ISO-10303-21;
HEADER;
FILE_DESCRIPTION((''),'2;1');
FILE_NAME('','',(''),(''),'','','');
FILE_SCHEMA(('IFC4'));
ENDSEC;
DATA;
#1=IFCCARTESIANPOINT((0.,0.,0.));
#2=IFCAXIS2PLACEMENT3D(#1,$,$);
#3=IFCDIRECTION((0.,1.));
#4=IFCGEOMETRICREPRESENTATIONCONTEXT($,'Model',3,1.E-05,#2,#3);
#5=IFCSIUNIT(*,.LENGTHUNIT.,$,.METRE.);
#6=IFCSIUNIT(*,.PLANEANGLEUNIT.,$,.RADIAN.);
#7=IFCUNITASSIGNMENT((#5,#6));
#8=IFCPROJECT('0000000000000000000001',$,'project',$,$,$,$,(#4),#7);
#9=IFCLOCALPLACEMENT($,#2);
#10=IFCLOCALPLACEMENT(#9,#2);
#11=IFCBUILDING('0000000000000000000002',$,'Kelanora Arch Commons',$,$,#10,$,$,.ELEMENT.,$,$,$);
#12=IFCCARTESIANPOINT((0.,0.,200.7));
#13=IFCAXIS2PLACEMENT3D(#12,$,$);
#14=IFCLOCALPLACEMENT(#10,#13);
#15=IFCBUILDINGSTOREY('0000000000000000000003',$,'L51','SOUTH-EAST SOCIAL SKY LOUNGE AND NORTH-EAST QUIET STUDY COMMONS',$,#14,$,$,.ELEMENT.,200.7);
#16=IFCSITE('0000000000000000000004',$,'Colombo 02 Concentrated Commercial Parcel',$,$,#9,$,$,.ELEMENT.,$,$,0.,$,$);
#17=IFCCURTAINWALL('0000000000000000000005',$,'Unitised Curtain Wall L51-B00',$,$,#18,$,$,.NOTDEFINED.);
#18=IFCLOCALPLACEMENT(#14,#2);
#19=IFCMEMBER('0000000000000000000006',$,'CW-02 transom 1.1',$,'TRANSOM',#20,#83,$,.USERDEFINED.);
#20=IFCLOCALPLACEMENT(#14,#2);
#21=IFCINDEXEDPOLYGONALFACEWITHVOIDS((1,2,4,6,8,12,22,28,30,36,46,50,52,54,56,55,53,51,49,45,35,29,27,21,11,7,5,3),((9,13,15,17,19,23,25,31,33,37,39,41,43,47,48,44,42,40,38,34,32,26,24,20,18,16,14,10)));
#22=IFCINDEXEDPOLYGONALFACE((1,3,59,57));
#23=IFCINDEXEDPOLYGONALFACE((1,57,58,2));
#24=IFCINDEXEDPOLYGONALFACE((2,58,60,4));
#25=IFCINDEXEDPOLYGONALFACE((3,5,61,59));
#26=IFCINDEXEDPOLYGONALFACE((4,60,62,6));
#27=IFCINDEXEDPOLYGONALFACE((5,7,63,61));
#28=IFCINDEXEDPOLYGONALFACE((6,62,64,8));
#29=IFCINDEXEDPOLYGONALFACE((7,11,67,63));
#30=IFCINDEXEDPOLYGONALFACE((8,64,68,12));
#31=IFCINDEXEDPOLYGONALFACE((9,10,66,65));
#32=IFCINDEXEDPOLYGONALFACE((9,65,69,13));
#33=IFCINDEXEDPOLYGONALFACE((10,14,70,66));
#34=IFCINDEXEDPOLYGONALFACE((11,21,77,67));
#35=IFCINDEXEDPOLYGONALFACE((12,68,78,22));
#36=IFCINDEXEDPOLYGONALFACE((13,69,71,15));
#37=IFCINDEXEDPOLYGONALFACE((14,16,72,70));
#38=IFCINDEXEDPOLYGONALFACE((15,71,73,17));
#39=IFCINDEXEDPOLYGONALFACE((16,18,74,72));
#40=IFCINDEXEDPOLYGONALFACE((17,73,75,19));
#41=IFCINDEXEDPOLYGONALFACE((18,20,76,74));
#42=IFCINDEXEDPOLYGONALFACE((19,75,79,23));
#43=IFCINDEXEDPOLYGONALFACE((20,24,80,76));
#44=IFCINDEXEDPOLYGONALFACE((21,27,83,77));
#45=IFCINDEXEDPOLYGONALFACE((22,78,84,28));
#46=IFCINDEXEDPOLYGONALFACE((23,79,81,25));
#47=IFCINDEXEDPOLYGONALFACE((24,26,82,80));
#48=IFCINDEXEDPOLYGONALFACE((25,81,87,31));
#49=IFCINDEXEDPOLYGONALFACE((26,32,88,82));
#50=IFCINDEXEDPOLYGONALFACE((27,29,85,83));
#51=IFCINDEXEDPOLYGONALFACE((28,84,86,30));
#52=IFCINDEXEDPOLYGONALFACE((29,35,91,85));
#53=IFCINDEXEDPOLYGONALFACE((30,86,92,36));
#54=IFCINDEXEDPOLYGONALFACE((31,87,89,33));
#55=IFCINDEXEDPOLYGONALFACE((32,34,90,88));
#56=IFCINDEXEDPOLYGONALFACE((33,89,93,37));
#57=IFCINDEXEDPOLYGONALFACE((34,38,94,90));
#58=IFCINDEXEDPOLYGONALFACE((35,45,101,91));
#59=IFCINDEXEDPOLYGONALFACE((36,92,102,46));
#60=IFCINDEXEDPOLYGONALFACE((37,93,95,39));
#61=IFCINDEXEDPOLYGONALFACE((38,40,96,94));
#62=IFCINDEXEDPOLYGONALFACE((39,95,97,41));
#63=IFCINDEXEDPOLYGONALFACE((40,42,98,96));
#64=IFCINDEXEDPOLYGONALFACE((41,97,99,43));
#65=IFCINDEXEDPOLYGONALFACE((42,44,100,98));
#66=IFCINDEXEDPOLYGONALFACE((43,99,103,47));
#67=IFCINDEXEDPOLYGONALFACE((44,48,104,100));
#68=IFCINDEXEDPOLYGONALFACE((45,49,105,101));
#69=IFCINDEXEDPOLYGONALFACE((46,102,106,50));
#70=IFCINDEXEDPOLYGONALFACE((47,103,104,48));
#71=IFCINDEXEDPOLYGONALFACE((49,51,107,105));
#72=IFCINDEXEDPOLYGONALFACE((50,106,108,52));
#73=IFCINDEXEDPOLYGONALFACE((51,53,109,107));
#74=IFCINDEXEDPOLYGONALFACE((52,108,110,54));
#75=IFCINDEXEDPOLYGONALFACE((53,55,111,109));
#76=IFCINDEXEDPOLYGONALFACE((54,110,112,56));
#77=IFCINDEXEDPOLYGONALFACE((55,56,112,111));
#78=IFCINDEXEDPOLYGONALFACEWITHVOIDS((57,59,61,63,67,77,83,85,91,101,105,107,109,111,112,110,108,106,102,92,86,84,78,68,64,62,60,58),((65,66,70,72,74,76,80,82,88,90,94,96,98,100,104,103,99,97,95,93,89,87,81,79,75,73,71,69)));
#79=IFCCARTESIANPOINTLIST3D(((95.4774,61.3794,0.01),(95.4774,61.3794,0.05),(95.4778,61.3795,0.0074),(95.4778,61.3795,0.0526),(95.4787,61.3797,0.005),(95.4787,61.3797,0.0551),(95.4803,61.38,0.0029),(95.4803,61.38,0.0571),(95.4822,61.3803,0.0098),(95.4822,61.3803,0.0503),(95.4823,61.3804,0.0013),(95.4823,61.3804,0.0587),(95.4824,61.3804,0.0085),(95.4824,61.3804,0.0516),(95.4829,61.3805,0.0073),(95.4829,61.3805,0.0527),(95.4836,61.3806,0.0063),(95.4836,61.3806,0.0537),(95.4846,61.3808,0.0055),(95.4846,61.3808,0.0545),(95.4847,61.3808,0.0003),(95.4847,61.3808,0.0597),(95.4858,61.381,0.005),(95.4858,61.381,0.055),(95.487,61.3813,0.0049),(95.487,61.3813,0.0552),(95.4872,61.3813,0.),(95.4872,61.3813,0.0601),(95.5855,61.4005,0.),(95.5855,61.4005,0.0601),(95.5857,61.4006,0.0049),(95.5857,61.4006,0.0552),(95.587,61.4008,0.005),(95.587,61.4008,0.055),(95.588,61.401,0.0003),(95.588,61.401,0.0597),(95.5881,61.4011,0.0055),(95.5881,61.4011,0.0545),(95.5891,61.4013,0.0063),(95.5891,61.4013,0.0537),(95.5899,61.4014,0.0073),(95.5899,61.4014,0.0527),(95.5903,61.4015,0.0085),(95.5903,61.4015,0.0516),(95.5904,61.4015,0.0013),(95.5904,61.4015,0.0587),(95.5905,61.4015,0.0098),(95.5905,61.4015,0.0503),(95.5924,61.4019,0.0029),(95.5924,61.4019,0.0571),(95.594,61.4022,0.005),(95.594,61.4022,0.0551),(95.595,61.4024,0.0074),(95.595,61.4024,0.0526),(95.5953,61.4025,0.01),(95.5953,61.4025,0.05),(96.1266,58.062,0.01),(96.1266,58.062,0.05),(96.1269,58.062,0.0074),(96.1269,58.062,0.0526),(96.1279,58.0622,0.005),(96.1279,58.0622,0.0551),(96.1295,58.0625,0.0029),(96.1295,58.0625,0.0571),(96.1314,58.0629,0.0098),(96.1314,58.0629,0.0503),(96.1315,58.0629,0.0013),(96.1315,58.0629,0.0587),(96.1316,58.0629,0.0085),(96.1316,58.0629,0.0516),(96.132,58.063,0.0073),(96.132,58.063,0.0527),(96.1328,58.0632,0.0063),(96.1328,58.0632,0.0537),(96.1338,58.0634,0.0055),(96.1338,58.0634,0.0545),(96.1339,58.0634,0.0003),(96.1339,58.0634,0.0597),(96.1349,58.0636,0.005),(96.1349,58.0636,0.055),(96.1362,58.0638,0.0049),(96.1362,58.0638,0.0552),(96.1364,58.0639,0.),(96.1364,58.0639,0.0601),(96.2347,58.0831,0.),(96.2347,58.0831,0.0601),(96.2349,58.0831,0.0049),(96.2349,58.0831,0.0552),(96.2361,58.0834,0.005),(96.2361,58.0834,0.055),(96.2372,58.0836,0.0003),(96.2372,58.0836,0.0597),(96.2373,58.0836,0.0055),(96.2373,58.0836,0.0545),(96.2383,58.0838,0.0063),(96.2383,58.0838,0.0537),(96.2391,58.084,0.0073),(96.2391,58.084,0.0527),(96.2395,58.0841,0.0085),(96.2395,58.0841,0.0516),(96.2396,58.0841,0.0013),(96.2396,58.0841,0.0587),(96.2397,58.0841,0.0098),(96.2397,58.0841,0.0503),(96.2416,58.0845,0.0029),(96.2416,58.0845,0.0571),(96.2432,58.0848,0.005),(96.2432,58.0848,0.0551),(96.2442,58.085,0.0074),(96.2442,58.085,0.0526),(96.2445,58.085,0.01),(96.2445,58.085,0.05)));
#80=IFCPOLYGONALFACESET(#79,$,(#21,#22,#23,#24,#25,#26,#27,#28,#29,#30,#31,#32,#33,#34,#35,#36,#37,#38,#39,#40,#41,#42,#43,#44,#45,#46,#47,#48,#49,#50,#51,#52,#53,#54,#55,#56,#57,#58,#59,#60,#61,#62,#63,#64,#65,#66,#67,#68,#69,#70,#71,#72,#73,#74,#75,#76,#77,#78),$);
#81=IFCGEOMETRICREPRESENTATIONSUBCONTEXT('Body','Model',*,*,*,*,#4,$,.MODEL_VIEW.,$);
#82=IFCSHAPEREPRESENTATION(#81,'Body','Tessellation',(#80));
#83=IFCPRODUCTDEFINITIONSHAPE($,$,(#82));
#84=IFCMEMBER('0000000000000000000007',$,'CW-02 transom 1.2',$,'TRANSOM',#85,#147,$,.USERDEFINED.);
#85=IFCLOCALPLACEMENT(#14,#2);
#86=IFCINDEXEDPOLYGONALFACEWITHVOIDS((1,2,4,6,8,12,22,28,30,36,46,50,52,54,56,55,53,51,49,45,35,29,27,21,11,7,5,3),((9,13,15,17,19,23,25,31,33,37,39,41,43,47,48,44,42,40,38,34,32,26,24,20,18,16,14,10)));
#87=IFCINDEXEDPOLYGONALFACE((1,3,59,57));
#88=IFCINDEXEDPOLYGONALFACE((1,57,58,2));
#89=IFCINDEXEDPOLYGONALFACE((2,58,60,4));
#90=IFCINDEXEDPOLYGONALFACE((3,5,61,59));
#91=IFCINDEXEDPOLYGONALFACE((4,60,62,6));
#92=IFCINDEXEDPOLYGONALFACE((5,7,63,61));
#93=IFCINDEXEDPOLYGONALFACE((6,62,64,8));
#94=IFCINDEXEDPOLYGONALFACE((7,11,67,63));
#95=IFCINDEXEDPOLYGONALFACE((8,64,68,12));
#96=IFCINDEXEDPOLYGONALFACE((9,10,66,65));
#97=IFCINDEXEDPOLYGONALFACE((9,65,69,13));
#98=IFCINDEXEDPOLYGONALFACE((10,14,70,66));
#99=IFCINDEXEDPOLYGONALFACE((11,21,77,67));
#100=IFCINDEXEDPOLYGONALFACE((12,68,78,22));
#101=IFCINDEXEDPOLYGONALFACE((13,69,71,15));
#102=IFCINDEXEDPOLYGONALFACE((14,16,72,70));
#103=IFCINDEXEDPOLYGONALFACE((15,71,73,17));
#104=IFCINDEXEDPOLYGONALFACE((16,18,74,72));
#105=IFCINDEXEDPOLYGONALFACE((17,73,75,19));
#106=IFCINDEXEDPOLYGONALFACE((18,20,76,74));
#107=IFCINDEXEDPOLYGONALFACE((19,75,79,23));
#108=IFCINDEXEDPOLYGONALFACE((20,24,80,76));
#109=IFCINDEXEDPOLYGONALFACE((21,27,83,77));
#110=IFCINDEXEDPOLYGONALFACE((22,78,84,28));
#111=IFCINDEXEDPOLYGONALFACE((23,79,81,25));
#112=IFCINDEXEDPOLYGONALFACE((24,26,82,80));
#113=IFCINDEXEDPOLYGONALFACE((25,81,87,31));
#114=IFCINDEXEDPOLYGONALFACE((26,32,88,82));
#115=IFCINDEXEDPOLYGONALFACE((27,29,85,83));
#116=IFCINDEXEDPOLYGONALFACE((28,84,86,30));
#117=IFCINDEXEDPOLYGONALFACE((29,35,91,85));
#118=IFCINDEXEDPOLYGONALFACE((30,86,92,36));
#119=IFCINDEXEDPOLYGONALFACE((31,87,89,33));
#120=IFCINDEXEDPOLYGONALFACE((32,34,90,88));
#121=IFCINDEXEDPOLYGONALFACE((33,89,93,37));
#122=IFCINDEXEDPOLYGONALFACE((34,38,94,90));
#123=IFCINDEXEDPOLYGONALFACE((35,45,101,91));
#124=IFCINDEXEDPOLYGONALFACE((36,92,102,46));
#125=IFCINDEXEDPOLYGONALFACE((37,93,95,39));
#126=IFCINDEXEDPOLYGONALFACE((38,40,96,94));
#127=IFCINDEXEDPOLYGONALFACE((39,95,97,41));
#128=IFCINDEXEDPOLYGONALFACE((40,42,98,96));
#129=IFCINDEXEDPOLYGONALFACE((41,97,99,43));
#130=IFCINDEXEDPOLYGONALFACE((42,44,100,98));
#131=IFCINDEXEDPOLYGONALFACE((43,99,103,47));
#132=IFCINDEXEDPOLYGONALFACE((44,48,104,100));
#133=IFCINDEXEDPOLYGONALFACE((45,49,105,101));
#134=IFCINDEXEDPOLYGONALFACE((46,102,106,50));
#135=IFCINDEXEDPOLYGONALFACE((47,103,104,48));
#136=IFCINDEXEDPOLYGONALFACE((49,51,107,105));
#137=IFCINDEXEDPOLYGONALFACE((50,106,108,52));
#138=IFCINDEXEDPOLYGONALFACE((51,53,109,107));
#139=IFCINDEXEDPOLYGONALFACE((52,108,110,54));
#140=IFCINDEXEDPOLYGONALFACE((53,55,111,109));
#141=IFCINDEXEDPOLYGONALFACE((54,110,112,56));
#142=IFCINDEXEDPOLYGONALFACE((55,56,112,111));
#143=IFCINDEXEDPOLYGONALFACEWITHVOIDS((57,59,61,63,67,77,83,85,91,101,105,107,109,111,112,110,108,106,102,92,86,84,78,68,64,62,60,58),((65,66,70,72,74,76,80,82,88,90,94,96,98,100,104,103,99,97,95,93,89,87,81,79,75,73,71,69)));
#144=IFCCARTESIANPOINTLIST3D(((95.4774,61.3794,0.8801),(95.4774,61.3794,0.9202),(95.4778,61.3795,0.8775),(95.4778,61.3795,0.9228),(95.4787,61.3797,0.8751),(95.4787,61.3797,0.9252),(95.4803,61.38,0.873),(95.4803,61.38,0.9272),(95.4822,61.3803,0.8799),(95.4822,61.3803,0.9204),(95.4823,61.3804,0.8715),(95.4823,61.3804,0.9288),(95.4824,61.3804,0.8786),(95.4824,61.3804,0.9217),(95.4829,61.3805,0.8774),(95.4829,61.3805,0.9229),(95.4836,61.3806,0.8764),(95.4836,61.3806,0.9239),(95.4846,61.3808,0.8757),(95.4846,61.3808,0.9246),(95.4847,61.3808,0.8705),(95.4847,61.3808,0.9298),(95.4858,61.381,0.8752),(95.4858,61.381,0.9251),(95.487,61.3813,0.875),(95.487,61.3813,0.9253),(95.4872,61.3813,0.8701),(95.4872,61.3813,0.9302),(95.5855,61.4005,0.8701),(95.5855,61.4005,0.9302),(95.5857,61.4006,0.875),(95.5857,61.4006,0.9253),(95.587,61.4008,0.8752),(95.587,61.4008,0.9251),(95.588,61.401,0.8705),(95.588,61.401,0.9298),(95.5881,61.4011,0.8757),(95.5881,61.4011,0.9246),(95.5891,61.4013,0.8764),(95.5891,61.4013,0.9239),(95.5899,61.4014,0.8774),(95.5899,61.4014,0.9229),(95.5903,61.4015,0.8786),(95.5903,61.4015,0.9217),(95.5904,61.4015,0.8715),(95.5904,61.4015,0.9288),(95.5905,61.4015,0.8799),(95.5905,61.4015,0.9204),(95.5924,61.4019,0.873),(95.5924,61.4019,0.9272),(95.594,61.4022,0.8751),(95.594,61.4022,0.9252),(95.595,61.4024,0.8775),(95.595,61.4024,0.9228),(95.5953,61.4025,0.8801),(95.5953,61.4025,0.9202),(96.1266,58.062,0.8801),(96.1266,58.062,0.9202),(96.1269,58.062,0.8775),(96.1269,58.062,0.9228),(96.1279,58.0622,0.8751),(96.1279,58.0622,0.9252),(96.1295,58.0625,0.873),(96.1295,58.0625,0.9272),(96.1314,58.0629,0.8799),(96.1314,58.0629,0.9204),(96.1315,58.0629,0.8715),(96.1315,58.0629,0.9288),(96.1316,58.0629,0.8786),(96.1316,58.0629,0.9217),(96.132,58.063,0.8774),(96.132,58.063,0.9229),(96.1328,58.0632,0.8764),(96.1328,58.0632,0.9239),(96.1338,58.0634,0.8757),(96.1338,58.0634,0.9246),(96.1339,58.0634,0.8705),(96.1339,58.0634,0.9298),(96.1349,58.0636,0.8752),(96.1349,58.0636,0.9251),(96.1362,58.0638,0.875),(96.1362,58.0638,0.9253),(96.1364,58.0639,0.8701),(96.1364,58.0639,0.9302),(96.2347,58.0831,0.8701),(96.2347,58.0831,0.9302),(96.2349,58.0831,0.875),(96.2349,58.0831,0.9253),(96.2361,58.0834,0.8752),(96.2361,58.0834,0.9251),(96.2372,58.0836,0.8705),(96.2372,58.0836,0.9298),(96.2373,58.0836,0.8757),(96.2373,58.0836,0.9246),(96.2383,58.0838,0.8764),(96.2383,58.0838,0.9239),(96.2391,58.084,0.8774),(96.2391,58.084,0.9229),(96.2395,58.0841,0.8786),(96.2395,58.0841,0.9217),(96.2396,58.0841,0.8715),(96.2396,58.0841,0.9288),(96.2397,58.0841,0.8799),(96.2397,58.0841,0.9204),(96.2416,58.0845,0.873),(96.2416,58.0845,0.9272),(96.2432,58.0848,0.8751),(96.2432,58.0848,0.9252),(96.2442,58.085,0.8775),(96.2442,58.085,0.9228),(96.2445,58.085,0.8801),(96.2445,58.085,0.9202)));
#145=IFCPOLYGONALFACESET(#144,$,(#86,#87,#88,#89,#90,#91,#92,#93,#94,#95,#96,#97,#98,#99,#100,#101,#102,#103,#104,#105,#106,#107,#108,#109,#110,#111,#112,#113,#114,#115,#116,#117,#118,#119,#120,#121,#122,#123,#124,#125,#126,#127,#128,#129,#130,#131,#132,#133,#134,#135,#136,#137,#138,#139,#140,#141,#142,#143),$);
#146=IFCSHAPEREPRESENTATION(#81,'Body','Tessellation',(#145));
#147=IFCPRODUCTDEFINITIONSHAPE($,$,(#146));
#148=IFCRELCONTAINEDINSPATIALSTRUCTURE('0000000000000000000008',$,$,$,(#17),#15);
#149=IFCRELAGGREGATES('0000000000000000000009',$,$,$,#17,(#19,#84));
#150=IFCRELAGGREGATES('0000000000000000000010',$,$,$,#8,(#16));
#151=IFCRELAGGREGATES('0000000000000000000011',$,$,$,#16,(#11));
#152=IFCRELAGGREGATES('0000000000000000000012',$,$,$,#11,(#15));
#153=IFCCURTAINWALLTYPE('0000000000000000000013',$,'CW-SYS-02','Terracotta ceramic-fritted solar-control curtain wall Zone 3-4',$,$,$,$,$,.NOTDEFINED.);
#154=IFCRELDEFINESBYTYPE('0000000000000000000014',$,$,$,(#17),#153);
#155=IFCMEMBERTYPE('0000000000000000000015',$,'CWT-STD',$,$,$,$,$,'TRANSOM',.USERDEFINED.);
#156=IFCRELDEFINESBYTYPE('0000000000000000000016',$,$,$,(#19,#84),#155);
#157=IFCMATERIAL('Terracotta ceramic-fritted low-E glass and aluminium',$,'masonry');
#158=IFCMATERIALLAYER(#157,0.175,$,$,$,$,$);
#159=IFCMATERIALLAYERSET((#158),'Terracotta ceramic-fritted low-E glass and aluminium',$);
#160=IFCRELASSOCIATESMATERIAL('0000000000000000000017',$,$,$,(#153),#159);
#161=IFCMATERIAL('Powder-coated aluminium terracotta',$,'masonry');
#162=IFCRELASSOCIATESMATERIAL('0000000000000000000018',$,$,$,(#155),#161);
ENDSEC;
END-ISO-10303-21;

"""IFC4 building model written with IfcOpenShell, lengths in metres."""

from ifc_helpers import new_model, si_unit, direction, frame, origin, origin_2d, place, context, subcontext, project, spatial, hollow_rectangle, extrude, material, layer, layer_set, material_profile, profile_set, type_object, element, aggregate, save


model = new_model("IFC4")

# Units and contexts
model_context = context("Model", 3, precision=1e-05, world=origin(), true_north=direction((0.0, 1.0)))
body_context = subcontext(model_context, "Body", "Model", "MODEL_VIEW")
ifc_project = project(units=[si_unit("LENGTHUNIT", "METRE"), si_unit("PLANEANGLEUNIT", "RADIAN")], contexts=[model_context])

# Site, building, storey
site_placement = place(None, origin())
site = spatial("IfcSite", under=ifc_project, at=site_placement, Name="Colombo 02 Concentrated Commercial Parcel", CompositionType="ELEMENT", RefElevation=0.0)
building_placement = place(site_placement, origin())
building = spatial("IfcBuilding", under=site, at=building_placement, Name="Kelanora Arch Commons", CompositionType="ELEMENT")
storey_placement = place(building_placement, frame((0.0, 0.0, 200.7)))
storey = spatial("IfcBuildingStorey", under=building, at=storey_placement, Name="L51", Description="SOUTH-EAST SOCIAL SKY LOUNGE AND NORTH-EAST QUIET STUDY COMMONS", CompositionType="ELEMENT", Elevation=200.7)

# Curtain wall, members
ifc_material_1 = material(Name="Terracotta ceramic-fritted low-E glass and aluminium", Category="masonry")
ifc_layer_1 = layer(ifc_material_1, 0.175)
ifc_layer_set_1 = layer_set([ifc_layer_1], Name="Terracotta ceramic-fritted low-E glass and aluminium")
curtain_wall_type = type_object("IfcCurtainWallType", Name="CW-SYS-02", Description="Terracotta ceramic-fritted solar-control curtain wall Zone 3-4", PredefinedType="NOTDEFINED", material=ifc_layer_set_1)
curtain_wall_placement = place(storey_placement, origin())
curtain_wall = element("IfcCurtainWall", 1, at=curtain_wall_placement, inside=storey, type_object=curtain_wall_type, Name="Unitised Curtain Wall L51-B00", PredefinedType="NOTDEFINED")
ifc_material_2 = material(Name="Powder-coated aluminium terracotta", Category="masonry")
ifc_material_profile_1 = material_profile(ifc_material_2, hollow_rectangle(XDim=0.1201, YDim=0.0601, WallThickness=0.0049, InnerFilletRadius=0.0049, OuterFilletRadius=0.01, at=origin_2d()), Name="CWT120x60")
ifc_profile_set_1 = profile_set([ifc_material_profile_1], Name="Powder-coated aluminium terracotta")
member_type_1 = type_object("IfcMemberType", Name="CWT-STD", ElementType="TRANSOM", PredefinedType="USERDEFINED", material=ifc_profile_set_1)
member_1_placement = place(storey_placement, frame((96.1855, 58.0735, 0.03), z_axis=(-0.192045, 0.981386, 0.0), x_axis=(-0.981386, -0.192045, 0.0)))
member_1 = element("IfcMember", 2, at=member_1_placement, type_object=member_type_1, Name="CW-02 transom 1.1", ObjectType="TRANSOM", PredefinedType="USERDEFINED", context=body_context, shape_type="SweptSolid", body=[
    extrude(hollow_rectangle(XDim=0.1201, YDim=0.0601, WallThickness=0.0049, InnerFilletRadius=0.0049, OuterFilletRadius=0.01, at=origin_2d()), origin(), (0.0, 0.0, 1.0), 3.3804),
])
member_2_placement = place(storey_placement, frame((96.1855, 58.0735, 0.9001), z_axis=(-0.192045, 0.981386, 0.0), x_axis=(-0.981386, -0.192045, 0.0)))
member_2 = element("IfcMember", 3, at=member_2_placement, type_object=member_type_1, Name="CW-02 transom 1.2", ObjectType="TRANSOM", PredefinedType="USERDEFINED", context=body_context, shape_type="SweptSolid", body=[
    extrude(hollow_rectangle(XDim=0.1201, YDim=0.0601, WallThickness=0.0049, InnerFilletRadius=0.0049, OuterFilletRadius=0.01, at=origin_2d()), origin(), (0.0, 0.0, 1.0), 3.3804),
])
aggregate(curtain_wall, [member_1, member_2])

save(model, "model.ifc")
